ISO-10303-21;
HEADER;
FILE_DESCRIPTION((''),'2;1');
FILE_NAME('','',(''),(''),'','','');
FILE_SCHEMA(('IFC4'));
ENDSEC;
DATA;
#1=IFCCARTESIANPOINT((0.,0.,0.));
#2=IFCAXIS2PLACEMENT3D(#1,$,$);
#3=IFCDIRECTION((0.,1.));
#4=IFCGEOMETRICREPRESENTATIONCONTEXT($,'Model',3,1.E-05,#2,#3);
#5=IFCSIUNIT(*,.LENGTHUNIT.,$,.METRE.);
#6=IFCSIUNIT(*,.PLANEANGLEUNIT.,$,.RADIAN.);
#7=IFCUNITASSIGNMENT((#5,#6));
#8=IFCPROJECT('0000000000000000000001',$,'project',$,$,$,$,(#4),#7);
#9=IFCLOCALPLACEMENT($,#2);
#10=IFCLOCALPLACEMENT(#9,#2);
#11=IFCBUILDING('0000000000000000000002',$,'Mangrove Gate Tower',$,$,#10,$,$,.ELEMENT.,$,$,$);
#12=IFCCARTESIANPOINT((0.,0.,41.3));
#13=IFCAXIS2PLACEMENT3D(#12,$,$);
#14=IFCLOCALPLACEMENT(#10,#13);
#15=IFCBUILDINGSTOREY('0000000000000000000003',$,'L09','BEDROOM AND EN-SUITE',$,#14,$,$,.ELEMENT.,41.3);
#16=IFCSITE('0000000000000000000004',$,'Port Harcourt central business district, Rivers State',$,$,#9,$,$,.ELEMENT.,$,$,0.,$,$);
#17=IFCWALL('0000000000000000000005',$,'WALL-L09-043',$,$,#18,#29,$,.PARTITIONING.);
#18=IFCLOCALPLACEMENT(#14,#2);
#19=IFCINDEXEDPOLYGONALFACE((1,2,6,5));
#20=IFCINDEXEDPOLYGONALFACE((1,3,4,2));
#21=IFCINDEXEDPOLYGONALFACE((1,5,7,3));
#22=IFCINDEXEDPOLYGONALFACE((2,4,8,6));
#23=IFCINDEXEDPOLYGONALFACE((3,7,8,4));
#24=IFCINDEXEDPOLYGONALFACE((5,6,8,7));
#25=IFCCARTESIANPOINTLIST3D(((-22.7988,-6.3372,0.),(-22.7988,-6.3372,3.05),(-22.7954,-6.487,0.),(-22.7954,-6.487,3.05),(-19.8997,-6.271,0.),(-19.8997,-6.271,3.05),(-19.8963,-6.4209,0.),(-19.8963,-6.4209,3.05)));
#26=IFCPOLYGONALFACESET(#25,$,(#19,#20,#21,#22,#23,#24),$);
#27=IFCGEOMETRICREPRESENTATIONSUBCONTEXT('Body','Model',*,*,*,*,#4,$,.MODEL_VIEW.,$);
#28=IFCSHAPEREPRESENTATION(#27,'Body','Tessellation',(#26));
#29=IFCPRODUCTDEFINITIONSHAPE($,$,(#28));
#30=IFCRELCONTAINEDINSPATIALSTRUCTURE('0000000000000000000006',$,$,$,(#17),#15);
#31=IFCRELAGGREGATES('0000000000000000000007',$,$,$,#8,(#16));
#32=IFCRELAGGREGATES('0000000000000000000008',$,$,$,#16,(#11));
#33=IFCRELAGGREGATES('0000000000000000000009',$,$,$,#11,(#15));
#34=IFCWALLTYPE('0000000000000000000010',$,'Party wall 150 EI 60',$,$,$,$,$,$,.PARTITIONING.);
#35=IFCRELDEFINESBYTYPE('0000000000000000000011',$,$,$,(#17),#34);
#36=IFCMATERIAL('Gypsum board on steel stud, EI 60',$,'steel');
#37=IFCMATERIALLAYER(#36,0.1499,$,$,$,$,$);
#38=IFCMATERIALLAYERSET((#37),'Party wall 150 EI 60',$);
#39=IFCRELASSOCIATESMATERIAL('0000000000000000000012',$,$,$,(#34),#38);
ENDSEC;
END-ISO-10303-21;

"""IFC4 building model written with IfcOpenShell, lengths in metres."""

from ifc_helpers import new_model, si_unit, direction, frame, frame_2d, origin, place, context, subcontext, project, spatial, rectangle, extrude, material, layer, layer_set, type_object, element, save


model = new_model("IFC4")

# Units and contexts
model_context = context("Model", 3, precision=1e-05, world=origin(), true_north=direction((0.0, 1.0)))
body_context = subcontext(model_context, "Body", "Model", "MODEL_VIEW")
ifc_project = project(units=[si_unit("LENGTHUNIT", "METRE"), si_unit("PLANEANGLEUNIT", "RADIAN")], contexts=[model_context])

# Site, building, storey
site_placement = place(None, origin())
site = spatial("IfcSite", under=ifc_project, at=site_placement, Name="Port Harcourt central business district, Rivers State", CompositionType="ELEMENT", RefElevation=0.0)
building_placement = place(site_placement, origin())
building = spatial("IfcBuilding", under=site, at=building_placement, Name="Mangrove Gate Tower", CompositionType="ELEMENT")
storey_placement = place(building_placement, frame((0.0, 0.0, 41.3)))
storey = spatial("IfcBuildingStorey", under=building, at=storey_placement, Name="L09", Description="BEDROOM AND EN-SUITE", CompositionType="ELEMENT", Elevation=41.3)

# Wall
ifc_material_1 = material(Name="Gypsum board on steel stud, EI 60", Category="steel")
ifc_layer_1 = layer(ifc_material_1, 0.1499)
ifc_layer_set_1 = layer_set([ifc_layer_1], Name="Party wall 150 EI 60")
wall_type_1 = type_object("IfcWallType", Name="Party wall 150 EI 60", PredefinedType="PARTITIONING", material=ifc_layer_set_1)
wall_1_placement = place(storey_placement, frame((-22.7971, -6.4121, 0.0), z_axis=(0.0, 0.0, 1.0), x_axis=(0.99974, 0.022815, 0.0)))
element("IfcWall", 1, at=wall_1_placement, inside=storey, type_object=wall_type_1, Name="WALL-L09-043", PredefinedType="PARTITIONING", context=body_context, shape_type="SweptSolid", body=[
    extrude(rectangle(XDim=2.8999, YDim=0.1499, at=frame_2d((1.45, 0.0))), origin(), (0.0, 0.0, 1.0), 3.05),
])

save(model, "model.ifc")
